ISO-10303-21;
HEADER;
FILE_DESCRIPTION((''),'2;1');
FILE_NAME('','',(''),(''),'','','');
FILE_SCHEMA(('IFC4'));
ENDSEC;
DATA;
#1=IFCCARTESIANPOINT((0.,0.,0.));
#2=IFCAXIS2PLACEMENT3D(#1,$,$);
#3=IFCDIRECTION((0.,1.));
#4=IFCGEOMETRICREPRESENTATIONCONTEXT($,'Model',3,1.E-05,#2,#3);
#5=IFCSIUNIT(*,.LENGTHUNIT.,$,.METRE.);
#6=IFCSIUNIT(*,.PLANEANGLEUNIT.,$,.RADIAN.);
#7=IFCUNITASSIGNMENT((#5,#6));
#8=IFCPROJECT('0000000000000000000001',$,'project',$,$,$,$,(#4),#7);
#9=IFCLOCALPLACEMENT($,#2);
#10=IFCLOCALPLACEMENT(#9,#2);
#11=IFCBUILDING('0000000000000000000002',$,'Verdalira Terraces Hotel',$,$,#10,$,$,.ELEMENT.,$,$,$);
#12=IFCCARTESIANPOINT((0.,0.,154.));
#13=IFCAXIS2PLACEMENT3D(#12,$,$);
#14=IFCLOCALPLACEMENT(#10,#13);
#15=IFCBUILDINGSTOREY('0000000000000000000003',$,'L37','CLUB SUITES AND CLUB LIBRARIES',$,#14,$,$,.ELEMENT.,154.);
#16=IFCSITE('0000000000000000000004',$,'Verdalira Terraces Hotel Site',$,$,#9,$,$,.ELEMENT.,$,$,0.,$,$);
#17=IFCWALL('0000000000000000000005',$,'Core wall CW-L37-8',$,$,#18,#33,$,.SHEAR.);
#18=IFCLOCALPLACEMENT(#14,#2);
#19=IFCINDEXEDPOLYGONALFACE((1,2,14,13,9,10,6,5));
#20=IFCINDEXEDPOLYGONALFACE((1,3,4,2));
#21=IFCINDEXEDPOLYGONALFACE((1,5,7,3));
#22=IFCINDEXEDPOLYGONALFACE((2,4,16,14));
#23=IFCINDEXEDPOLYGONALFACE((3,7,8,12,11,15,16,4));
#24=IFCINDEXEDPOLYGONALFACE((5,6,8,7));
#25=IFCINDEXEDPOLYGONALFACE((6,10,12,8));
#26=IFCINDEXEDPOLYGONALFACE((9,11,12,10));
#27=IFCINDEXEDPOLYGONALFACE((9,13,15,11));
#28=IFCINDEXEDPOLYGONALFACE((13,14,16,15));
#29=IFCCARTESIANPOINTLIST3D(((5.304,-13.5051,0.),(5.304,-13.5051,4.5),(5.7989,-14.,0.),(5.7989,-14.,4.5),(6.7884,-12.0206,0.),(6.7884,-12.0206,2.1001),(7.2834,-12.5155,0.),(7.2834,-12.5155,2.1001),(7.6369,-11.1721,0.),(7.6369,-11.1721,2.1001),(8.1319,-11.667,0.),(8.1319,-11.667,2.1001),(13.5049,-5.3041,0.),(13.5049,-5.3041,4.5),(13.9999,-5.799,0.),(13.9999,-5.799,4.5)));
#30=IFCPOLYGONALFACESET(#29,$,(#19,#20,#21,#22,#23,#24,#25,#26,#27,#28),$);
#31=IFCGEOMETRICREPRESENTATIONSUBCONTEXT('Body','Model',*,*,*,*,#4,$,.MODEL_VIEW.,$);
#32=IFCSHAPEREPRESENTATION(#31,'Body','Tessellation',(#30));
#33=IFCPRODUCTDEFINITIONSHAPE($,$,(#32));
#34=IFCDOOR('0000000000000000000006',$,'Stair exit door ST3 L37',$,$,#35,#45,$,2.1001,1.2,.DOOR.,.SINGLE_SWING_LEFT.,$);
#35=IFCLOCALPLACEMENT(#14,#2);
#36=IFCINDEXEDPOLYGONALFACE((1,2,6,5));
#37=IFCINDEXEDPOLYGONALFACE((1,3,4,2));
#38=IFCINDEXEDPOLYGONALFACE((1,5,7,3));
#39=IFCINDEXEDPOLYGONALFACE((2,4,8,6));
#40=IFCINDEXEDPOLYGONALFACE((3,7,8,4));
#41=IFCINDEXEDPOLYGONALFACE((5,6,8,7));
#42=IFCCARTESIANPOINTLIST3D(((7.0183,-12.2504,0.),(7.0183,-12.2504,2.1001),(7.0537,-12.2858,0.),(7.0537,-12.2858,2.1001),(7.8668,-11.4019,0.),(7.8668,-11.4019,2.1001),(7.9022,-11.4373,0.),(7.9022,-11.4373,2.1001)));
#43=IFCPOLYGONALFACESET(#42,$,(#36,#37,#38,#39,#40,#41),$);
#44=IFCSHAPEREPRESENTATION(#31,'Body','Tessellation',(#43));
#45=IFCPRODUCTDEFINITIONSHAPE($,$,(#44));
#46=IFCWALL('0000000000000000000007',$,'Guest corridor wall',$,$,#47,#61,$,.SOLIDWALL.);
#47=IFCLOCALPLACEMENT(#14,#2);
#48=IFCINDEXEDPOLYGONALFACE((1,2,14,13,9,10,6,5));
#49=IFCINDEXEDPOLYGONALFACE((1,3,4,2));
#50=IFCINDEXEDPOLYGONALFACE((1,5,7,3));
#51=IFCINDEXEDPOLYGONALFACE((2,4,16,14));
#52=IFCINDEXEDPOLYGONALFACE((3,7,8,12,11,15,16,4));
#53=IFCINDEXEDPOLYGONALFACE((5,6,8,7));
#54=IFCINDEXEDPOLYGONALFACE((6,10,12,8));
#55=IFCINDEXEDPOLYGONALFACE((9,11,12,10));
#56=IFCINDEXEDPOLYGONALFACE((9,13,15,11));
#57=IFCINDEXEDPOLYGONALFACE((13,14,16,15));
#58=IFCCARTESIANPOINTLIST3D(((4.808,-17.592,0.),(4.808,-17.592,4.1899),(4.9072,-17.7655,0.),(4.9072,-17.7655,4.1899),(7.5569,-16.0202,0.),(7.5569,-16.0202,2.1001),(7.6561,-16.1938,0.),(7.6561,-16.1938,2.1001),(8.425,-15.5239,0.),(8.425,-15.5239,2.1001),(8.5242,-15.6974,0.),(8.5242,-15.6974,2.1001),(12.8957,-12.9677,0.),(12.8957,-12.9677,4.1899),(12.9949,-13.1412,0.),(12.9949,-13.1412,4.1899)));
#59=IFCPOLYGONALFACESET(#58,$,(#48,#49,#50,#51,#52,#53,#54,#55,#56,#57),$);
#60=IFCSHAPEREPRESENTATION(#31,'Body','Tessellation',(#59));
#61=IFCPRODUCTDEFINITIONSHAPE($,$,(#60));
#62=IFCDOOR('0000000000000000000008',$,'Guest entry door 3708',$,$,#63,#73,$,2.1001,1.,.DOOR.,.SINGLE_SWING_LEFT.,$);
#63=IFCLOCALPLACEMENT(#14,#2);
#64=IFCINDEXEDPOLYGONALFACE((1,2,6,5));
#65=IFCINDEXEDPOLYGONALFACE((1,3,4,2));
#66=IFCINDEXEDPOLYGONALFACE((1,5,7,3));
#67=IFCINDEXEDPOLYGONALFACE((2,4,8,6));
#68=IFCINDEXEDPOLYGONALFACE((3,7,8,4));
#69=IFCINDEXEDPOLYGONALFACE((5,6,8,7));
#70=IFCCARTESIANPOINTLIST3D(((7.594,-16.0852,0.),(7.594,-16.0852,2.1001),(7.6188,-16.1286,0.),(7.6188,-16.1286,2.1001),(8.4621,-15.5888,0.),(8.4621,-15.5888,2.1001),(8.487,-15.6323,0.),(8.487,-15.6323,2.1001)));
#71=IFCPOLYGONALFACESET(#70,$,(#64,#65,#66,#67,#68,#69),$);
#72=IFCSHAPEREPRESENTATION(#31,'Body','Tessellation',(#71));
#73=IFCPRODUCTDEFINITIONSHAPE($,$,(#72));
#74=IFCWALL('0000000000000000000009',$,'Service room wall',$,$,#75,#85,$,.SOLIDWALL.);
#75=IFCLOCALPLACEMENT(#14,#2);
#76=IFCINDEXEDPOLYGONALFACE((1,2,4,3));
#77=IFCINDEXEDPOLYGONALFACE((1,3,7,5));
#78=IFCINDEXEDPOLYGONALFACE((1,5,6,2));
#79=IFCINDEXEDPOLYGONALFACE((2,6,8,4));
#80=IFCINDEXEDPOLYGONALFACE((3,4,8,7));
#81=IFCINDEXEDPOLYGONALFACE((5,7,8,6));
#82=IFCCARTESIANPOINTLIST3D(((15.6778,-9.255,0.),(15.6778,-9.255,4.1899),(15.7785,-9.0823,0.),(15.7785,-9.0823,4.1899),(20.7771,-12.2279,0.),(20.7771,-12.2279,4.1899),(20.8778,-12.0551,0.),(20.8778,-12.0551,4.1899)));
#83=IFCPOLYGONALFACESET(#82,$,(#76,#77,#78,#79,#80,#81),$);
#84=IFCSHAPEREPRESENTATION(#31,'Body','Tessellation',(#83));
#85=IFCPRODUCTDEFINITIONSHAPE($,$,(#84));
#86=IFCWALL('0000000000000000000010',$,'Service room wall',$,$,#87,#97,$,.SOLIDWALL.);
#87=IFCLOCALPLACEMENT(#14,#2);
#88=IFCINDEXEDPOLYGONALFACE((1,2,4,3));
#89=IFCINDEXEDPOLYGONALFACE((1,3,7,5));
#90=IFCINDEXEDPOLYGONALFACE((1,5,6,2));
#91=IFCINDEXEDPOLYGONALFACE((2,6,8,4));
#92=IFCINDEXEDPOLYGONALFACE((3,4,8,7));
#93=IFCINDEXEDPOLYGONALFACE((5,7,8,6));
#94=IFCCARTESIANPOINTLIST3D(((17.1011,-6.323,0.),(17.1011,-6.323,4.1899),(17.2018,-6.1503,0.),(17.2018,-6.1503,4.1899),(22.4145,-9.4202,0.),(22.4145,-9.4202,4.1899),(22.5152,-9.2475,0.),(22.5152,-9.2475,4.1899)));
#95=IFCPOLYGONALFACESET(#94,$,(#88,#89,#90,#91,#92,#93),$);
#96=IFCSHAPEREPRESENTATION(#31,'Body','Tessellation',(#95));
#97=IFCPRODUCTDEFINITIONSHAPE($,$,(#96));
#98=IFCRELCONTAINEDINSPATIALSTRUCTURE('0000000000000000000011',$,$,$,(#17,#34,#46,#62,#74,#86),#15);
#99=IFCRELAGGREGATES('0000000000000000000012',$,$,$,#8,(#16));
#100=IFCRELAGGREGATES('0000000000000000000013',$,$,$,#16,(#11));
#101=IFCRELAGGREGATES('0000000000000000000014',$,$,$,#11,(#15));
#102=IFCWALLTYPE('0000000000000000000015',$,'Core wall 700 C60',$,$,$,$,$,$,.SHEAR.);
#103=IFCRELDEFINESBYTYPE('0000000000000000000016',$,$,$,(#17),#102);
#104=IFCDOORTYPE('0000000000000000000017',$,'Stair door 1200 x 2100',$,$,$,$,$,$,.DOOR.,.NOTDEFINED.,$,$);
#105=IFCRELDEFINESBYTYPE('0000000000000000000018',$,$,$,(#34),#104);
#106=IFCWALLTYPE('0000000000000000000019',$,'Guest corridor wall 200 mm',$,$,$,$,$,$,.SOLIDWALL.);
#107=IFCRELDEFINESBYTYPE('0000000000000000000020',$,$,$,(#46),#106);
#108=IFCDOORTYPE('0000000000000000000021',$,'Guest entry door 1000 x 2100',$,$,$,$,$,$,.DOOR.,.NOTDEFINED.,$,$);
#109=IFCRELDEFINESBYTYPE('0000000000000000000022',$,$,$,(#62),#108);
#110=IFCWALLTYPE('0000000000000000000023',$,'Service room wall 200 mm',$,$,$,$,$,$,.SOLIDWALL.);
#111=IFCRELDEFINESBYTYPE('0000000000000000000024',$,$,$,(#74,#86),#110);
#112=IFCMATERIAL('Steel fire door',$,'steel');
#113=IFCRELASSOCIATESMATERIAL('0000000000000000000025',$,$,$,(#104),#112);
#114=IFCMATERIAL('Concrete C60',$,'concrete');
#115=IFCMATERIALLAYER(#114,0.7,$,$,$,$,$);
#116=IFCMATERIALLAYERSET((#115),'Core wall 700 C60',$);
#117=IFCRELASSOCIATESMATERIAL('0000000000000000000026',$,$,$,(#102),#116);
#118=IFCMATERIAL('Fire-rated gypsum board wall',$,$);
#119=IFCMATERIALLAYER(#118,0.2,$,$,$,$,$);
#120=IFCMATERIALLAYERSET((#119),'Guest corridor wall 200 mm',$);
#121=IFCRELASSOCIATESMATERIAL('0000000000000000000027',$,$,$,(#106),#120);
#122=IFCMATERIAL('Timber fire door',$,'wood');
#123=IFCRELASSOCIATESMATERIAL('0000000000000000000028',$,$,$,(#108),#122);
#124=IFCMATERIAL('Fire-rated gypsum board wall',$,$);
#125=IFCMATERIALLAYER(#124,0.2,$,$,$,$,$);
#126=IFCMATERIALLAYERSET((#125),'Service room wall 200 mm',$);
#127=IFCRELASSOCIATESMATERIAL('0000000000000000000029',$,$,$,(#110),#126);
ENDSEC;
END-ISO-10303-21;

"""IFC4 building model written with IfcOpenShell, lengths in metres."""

from ifc_helpers import new_model, si_unit, direction, frame, frame_2d, origin, place, context, subcontext, project, spatial, rectangle, extrude, material, layer, layer_set, type_object, element, fill, save


model = new_model("IFC4")

# Units and contexts
model_context = context("Model", 3, precision=1e-05, world=origin(), true_north=direction((0.0, 1.0)))
body_context = subcontext(model_context, "Body", "Model", "MODEL_VIEW")
ifc_project = project(units=[si_unit("LENGTHUNIT", "METRE"), si_unit("PLANEANGLEUNIT", "RADIAN")], contexts=[model_context])

# Site, building, storey
site_placement = place(None, origin())
site = spatial("IfcSite", under=ifc_project, at=site_placement, Name="Verdalira Terraces Hotel Site", CompositionType="ELEMENT", RefElevation=0.0)
building_placement = place(site_placement, origin())
building = spatial("IfcBuilding", under=site, at=building_placement, Name="Verdalira Terraces Hotel", CompositionType="ELEMENT")
storey_placement = place(building_placement, frame((0.0, 0.0, 154.0)))
storey = spatial("IfcBuildingStorey", under=building, at=storey_placement, Name="L37", Description="CLUB SUITES AND CLUB LIBRARIES", CompositionType="ELEMENT", Elevation=154.0)

# Shared definitions
ifc_material_1 = material(Name="Steel fire door", Category="steel")
door_type_1 = type_object("IfcDoorType", Name="Stair door 1200 x 2100", OperationType="NOTDEFINED", PredefinedType="DOOR", material=ifc_material_1)

# Walls, openings, doors
ifc_material_2 = material(Name="Concrete C60", Category="concrete")
ifc_layer_1 = layer(ifc_material_2, 0.7)
ifc_layer_set_1 = layer_set([ifc_layer_1], Name="Core wall 700 C60")
wall_type_1 = type_object("IfcWallType", Name="Core wall 700 C60", PredefinedType="SHEAR", material=ifc_layer_set_1)
wall_1_placement = place(storey_placement, frame((5.5515, -13.7524, 0.0), z_axis=(0.0, 0.0, 1.0), x_axis=(0.707107, 0.707107, 0.0)))
wall_1 = element("IfcWall", 1, at=wall_1_placement, inside=storey, type_object=wall_type_1, Name="Core wall CW-L37-8", PredefinedType="SHEAR", context=body_context, shape_type="SweptSolid", body=[
    extrude(rectangle(XDim=11.5979, YDim=0.7, at=frame_2d((5.7988, 0.0))), origin(), (0.0, 0.0, 1.0), 4.5),
])
opening_1_placement = place(wall_1_placement, frame((2.0991, 0.0, 0.0)))
opening_1 = element("IfcOpeningElement", 2, at=opening_1_placement, cuts=wall_1, PredefinedType="OPENING", context=body_context, shape_type="SweptSolid", body=[
    extrude(rectangle(XDim=1.2, YDim=2.1001, at=frame_2d((0.6001, 1.05))), frame((0.0, 0.3599, 0.0), z_axis=(0.0, -1.0, 0.0), x_axis=(1.0, 0.0, 0.0)), (0.0, 0.0, 1.0), 0.72),
])
door_1_placement = place(opening_1_placement, origin())
door_1 = element("IfcDoor", 3, at=door_1_placement, inside=storey, type_object=door_type_1, Name="Stair exit door ST3 L37", OperationType="SINGLE_SWING_LEFT", OverallHeight=2.1001, OverallWidth=1.2, PredefinedType="DOOR", context=body_context, shape_type="SweptSolid", body=[
    extrude(rectangle(XDim=1.2, YDim=2.1001, at=frame_2d((0.6001, 1.05))), frame((0.0, 0.0249, 0.0), z_axis=(0.0, -1.0, 0.0), x_axis=(1.0, 0.0, 0.0)), (0.0, 0.0, 1.0), 0.05),
])
fill(opening_1, door_1)
ifc_material_3 = material(Name="Fire-rated gypsum board wall")
ifc_layer_2 = layer(ifc_material_3, 0.2)
ifc_layer_set_2 = layer_set([ifc_layer_2], Name="Guest corridor wall 200 mm")
wall_type_2 = type_object("IfcWallType", Name="Guest corridor wall 200 mm", PredefinedType="SOLIDWALL", material=ifc_layer_set_2)
wall_2_placement = place(storey_placement, frame((12.9453, -13.0544, 0.0), z_axis=(0.0, 0.0, 1.0), x_axis=(-0.868116, -0.496362, 0.0)))
wall_2 = element("IfcWall", 4, at=wall_2_placement, inside=storey, type_object=wall_type_2, Name="Guest corridor wall", PredefinedType="SOLIDWALL", context=body_context, shape_type="SweptSolid", body=[
    extrude(rectangle(XDim=9.3164, YDim=0.2, at=frame_2d((4.6582, 0.0))), origin(), (0.0, 0.0, 1.0), 4.1899),
])
opening_2_placement = place(wall_2_placement, frame((5.1499, 0.0, 0.0)))
opening_2 = element("IfcOpeningElement", 5, at=opening_2_placement, cuts=wall_2, PredefinedType="OPENING", context=body_context, shape_type="SweptSolid", body=[
    extrude(rectangle(XDim=1.0, YDim=2.1001, at=frame_2d((0.5, 1.05))), frame((0.0, 0.1099, 0.0), z_axis=(0.0, -1.0, 0.0), x_axis=(1.0, 0.0, 0.0)), (0.0, 0.0, 1.0), 0.22),
])
ifc_material_4 = material(Name="Timber fire door", Category="wood")
door_type_2 = type_object("IfcDoorType", Name="Guest entry door 1000 x 2100", OperationType="NOTDEFINED", PredefinedType="DOOR", material=ifc_material_4)
door_2_placement = place(opening_2_placement, origin())
door_2 = element("IfcDoor", 6, at=door_2_placement, inside=storey, type_object=door_type_2, Name="Guest entry door 3708", OperationType="SINGLE_SWING_LEFT", OverallHeight=2.1001, OverallWidth=1.0, PredefinedType="DOOR", context=body_context, shape_type="SweptSolid", body=[
    extrude(rectangle(XDim=1.0, YDim=2.1001, at=frame_2d((0.5, 1.05))), frame((0.0, 0.0249, 0.0), z_axis=(0.0, -1.0, 0.0), x_axis=(1.0, 0.0, 0.0)), (0.0, 0.0, 1.0), 0.05),
])
fill(opening_2, door_2)

# Walls
ifc_material_5 = material(Name="Fire-rated gypsum board wall")
ifc_layer_3 = layer(ifc_material_5, 0.2)
ifc_layer_set_3 = layer_set([ifc_layer_3], Name="Service room wall 200 mm")
wall_type_3 = type_object("IfcWallType", Name="Service room wall 200 mm", PredefinedType="SOLIDWALL", material=ifc_layer_set_3)
wall_3_placement = place(storey_placement, frame((15.7283, -9.1687, 0.0), z_axis=(0.0, 0.0, 1.0), x_axis=(0.863906, -0.503652, 0.0)))
element("IfcWall", 7, at=wall_3_placement, inside=storey, type_object=wall_type_3, Name="Service room wall", PredefinedType="SOLIDWALL", context=body_context, shape_type="SweptSolid", body=[
    extrude(rectangle(XDim=5.9026, YDim=0.2, at=frame_2d((2.9512, 0.0))), origin(), (0.0, 0.0, 1.0), 4.1899),
])
wall_4_placement = place(storey_placement, frame((17.1514, -6.2366, 0.0), z_axis=(0.0, 0.0, 1.0), x_axis=(0.863936, -0.503602, 0.0)))
element("IfcWall", 8, at=wall_4_placement, inside=storey, type_object=wall_type_3, Name="Service room wall", PredefinedType="SOLIDWALL", context=body_context, shape_type="SweptSolid", body=[
    extrude(rectangle(XDim=6.1501, YDim=0.2, at=frame_2d((3.0752, 0.0))), origin(), (0.0, 0.0, 1.0), 4.1899),
])

save(model, "model.ifc")
